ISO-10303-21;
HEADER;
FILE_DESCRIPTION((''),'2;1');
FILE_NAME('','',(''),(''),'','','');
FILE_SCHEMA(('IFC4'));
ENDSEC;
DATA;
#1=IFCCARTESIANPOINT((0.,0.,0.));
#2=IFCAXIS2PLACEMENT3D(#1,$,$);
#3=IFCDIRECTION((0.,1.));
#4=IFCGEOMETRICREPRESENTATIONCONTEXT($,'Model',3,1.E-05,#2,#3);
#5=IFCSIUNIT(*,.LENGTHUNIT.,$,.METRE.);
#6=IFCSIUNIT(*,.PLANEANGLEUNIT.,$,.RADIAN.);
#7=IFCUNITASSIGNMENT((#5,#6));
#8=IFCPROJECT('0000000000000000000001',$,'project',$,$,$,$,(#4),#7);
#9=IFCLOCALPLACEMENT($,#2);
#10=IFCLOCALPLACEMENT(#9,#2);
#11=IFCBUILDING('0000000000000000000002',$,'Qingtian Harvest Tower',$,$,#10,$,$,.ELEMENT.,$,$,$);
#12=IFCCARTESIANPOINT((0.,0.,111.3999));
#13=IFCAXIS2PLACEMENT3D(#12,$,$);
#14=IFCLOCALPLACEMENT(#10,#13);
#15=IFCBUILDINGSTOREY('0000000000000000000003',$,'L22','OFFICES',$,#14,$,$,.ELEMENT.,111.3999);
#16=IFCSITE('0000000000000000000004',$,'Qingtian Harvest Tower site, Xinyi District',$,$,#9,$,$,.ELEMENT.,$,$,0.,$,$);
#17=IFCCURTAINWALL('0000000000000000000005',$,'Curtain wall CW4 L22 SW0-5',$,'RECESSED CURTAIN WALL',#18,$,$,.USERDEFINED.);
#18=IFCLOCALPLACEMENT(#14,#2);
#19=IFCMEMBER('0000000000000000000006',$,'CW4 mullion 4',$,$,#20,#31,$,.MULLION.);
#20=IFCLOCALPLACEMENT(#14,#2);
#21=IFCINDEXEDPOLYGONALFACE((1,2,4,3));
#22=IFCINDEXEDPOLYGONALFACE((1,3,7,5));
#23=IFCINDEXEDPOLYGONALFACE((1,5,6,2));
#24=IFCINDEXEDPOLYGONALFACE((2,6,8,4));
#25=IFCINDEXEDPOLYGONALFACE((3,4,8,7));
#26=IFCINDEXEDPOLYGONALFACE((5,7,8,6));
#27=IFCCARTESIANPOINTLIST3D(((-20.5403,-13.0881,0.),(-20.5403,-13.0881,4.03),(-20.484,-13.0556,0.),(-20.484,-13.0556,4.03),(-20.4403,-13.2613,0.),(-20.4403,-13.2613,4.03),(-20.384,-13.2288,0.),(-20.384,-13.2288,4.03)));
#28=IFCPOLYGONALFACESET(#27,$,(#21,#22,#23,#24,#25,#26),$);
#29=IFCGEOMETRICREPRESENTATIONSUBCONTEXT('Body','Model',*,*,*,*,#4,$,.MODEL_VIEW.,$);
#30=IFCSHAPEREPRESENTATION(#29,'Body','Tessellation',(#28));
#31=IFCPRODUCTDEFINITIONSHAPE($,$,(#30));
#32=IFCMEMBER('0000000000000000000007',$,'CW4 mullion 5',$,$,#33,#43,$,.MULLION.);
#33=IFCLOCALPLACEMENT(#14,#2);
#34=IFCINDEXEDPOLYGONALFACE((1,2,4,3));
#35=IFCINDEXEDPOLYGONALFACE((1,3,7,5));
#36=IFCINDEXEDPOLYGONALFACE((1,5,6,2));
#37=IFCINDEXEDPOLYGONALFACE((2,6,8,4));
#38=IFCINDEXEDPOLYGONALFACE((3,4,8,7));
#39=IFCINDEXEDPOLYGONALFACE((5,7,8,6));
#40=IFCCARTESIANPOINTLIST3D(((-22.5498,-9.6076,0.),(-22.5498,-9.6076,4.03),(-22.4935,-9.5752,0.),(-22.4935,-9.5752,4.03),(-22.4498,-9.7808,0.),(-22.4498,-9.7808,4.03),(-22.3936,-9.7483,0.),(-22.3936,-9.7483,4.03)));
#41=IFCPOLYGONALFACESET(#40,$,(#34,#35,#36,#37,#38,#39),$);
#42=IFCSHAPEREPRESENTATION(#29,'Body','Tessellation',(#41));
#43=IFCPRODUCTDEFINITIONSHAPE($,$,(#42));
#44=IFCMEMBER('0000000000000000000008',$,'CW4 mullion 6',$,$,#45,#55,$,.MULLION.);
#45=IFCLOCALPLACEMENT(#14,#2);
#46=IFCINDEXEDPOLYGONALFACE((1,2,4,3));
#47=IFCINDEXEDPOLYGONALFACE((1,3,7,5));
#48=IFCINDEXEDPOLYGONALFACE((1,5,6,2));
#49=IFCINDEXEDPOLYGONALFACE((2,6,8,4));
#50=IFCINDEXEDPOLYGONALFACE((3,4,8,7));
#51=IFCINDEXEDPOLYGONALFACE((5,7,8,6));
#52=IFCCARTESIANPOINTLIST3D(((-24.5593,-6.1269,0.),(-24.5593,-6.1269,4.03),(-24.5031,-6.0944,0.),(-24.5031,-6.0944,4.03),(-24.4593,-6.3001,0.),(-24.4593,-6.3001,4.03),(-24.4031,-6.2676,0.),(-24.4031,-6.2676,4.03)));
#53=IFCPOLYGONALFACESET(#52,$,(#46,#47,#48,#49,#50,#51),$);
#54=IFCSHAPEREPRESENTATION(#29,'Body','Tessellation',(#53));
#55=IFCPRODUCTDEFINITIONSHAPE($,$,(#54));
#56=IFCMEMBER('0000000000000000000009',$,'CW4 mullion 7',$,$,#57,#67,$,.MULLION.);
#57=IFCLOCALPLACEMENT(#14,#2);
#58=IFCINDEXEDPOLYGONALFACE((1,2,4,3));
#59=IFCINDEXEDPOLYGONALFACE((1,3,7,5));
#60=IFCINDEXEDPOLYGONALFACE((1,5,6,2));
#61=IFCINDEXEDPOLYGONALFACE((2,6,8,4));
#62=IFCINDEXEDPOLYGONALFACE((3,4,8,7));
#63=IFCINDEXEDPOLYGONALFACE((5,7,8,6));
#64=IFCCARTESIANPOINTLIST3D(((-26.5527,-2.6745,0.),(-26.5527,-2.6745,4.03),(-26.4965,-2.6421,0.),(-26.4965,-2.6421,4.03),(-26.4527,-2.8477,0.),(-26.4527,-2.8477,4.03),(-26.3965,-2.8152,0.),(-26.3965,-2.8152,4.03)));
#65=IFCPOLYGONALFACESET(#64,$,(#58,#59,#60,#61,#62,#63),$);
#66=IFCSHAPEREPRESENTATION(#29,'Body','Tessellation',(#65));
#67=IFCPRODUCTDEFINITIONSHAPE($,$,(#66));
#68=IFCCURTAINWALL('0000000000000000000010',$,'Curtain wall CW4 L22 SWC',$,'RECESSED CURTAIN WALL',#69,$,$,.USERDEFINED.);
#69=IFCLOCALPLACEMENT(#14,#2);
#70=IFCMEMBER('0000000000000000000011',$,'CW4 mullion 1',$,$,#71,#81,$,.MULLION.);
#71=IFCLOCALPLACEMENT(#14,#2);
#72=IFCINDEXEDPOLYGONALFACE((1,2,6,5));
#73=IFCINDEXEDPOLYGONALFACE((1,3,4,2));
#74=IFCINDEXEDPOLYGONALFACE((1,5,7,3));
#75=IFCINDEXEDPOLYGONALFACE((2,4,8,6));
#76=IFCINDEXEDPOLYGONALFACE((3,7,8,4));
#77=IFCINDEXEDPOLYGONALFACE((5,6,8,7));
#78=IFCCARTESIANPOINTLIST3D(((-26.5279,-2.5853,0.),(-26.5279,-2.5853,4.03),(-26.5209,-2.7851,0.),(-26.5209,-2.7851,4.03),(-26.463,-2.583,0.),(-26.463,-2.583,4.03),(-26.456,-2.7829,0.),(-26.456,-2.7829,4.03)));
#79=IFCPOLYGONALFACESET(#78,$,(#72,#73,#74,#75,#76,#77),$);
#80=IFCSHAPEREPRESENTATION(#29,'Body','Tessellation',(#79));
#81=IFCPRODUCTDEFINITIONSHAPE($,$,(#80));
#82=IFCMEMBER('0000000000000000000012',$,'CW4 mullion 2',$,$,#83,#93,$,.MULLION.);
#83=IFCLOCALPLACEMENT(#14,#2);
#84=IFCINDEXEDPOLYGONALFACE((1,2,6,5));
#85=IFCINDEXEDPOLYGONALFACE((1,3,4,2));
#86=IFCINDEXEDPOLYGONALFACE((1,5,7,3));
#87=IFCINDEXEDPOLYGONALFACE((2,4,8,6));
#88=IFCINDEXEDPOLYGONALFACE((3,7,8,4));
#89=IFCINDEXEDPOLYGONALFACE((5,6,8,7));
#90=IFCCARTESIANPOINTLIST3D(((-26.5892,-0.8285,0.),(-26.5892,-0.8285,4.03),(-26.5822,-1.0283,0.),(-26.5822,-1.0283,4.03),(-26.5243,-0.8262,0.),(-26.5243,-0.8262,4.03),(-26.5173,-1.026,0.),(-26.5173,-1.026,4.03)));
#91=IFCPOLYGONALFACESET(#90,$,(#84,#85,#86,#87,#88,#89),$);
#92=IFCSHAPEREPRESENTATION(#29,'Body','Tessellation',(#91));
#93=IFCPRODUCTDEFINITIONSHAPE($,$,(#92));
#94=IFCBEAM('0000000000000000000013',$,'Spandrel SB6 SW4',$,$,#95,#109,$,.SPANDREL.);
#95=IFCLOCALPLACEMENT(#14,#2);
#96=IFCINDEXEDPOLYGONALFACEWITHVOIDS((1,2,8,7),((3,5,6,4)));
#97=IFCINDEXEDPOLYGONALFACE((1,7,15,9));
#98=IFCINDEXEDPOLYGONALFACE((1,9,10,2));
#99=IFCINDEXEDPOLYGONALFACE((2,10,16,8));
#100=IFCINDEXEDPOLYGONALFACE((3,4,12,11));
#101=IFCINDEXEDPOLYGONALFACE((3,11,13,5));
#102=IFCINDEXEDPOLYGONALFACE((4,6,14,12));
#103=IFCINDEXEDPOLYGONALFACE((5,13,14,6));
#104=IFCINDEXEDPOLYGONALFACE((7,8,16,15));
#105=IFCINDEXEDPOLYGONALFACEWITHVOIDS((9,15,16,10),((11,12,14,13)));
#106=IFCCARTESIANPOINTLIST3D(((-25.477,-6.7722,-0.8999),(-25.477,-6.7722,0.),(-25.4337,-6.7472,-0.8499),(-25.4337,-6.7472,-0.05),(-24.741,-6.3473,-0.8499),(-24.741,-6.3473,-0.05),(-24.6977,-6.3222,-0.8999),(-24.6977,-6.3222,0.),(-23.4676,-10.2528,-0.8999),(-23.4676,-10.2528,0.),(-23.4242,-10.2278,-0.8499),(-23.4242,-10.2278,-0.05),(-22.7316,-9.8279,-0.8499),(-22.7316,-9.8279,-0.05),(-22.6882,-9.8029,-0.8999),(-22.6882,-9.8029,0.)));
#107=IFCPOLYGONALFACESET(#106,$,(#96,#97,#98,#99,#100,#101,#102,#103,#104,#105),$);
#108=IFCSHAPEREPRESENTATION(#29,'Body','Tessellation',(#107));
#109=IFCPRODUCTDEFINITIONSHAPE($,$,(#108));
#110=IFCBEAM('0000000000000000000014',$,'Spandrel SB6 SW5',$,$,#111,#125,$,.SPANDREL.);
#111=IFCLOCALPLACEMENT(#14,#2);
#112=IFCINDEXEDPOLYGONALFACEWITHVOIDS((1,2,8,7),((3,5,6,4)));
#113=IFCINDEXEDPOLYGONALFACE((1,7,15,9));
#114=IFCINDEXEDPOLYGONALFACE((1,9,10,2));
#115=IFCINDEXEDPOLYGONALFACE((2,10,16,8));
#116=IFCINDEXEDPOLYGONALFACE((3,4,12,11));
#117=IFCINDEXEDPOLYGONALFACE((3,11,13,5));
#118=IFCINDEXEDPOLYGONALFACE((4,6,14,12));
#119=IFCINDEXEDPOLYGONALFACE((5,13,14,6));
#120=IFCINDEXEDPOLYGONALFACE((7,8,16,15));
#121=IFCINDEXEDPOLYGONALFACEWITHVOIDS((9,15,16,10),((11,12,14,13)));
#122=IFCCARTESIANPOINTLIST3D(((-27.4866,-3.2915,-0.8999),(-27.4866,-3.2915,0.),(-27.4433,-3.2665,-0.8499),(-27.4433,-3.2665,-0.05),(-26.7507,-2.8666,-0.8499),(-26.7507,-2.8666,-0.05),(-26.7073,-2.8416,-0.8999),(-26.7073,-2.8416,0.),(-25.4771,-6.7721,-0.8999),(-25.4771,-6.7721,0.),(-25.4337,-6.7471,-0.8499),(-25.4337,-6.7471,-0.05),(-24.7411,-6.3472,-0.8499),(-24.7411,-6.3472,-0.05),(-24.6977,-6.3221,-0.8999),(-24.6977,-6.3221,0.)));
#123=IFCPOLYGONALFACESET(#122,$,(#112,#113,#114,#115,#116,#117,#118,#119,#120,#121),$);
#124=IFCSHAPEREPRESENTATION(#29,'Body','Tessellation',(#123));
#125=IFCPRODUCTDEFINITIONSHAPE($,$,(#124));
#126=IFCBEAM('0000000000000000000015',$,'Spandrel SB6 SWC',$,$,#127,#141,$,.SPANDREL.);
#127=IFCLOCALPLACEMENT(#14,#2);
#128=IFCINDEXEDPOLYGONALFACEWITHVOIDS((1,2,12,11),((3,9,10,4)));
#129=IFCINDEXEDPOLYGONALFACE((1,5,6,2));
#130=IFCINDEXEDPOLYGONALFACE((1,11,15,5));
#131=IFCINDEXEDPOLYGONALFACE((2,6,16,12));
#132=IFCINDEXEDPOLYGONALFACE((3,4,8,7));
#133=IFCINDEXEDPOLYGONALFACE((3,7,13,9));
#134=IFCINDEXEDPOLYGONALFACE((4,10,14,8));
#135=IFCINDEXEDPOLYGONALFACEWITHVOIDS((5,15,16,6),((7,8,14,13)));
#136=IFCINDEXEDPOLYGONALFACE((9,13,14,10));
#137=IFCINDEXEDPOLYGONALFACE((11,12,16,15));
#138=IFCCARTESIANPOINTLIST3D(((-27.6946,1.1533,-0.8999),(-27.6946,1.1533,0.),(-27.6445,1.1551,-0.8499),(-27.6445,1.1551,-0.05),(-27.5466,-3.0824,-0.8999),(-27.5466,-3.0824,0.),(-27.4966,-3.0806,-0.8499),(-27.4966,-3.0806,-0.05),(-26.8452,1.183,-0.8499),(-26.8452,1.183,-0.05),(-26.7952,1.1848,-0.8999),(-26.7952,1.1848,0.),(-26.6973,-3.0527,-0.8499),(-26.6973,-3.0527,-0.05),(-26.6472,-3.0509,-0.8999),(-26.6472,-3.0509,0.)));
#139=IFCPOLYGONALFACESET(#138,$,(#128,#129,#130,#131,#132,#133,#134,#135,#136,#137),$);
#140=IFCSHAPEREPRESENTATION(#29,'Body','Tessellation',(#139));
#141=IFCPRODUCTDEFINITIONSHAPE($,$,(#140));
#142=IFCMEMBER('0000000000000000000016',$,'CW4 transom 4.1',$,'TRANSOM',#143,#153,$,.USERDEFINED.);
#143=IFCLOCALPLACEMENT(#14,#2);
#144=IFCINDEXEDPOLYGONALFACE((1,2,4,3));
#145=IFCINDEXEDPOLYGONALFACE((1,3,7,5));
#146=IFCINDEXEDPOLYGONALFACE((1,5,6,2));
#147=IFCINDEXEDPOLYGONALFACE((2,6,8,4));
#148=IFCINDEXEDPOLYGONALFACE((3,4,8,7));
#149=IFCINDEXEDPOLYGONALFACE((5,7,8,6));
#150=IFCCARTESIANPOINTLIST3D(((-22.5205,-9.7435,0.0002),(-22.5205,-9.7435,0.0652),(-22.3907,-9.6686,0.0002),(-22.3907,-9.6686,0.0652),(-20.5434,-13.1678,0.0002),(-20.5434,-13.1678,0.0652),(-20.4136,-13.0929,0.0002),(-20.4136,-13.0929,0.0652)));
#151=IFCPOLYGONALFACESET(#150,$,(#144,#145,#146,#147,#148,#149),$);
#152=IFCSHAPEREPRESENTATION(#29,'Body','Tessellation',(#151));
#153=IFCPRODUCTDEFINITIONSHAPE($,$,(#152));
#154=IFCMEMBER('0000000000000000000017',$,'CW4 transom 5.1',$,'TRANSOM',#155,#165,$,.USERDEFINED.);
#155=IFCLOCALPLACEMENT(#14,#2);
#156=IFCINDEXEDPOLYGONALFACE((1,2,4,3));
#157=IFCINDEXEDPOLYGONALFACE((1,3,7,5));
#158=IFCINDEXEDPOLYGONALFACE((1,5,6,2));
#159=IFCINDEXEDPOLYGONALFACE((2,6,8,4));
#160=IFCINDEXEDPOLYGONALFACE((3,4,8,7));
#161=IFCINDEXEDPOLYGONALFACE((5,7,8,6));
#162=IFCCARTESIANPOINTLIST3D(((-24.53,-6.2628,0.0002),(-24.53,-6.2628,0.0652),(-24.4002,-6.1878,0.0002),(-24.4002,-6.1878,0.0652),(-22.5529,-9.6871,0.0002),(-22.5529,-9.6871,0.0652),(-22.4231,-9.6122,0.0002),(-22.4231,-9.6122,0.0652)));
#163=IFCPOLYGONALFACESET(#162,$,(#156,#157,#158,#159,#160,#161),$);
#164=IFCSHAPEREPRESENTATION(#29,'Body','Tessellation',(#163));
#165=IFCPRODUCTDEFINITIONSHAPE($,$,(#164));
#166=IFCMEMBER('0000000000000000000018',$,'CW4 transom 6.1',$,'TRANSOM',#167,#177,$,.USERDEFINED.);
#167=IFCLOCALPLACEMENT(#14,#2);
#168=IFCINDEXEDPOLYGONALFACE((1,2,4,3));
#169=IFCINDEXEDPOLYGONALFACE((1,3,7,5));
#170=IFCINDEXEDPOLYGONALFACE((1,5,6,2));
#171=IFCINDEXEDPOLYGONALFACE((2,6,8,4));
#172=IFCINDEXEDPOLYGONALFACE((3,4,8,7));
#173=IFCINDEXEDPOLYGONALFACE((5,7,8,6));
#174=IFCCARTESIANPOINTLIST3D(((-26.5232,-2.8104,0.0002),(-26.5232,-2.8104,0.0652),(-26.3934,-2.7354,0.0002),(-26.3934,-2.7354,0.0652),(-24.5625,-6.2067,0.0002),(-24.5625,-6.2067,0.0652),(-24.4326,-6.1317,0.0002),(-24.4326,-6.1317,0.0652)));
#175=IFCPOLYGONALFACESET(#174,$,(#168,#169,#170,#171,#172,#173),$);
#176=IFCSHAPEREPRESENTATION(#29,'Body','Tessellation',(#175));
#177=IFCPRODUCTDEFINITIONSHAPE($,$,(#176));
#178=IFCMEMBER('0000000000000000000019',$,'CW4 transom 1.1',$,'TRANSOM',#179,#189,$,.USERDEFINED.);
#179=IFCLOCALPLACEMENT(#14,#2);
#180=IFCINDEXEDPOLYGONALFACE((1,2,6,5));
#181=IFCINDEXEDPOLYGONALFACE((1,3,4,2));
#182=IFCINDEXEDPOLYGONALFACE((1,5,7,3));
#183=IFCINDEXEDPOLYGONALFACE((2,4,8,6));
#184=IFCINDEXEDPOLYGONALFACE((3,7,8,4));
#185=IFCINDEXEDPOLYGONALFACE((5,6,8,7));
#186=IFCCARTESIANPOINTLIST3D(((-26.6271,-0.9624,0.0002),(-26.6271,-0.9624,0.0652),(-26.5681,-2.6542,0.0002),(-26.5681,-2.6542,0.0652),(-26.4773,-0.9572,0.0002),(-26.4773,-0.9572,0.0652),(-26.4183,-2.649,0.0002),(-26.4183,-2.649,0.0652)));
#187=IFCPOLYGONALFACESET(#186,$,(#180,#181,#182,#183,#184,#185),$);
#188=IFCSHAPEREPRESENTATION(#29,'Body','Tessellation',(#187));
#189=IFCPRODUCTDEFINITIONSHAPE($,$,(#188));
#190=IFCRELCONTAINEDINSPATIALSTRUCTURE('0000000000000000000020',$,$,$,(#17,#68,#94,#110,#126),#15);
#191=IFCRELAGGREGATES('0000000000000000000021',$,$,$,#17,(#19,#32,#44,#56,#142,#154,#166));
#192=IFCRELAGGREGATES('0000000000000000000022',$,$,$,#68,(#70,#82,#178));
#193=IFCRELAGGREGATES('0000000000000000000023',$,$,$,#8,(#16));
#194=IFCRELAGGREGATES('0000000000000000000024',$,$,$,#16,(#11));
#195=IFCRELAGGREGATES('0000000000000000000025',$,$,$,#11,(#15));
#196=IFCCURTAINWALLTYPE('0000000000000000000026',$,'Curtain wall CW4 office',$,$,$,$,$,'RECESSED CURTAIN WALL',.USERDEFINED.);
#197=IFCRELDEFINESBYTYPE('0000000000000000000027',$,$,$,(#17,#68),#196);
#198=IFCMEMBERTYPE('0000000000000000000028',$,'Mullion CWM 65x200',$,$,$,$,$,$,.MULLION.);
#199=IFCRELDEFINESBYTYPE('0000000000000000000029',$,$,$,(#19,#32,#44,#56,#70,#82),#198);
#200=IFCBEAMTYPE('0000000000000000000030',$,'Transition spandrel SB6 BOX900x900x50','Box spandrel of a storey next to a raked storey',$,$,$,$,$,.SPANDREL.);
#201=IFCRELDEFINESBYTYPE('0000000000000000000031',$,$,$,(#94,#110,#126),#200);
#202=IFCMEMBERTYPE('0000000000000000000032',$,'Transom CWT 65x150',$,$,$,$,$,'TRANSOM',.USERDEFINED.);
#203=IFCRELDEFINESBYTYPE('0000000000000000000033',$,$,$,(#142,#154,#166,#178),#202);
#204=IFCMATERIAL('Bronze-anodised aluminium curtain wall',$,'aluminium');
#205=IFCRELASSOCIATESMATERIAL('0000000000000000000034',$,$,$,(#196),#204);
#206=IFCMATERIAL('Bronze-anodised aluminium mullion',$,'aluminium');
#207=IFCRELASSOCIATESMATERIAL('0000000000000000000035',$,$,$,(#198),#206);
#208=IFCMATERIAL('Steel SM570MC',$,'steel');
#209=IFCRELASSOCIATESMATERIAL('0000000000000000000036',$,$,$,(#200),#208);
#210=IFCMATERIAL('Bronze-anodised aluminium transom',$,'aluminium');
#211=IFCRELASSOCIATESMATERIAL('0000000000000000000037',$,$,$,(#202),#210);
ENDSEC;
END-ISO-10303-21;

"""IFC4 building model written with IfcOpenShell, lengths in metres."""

from ifc_helpers import new_model, si_unit, direction, frame, origin, origin_2d, place, context, subcontext, project, spatial, rectangle, hollow_rectangle, extrude, material, material_profile, profile_set, type_object, element, aggregate, save


model = new_model("IFC4")

# Units and contexts
model_context = context("Model", 3, precision=1e-05, world=origin(), true_north=direction((0.0, 1.0)))
body_context = subcontext(model_context, "Body", "Model", "MODEL_VIEW")
ifc_project = project(units=[si_unit("LENGTHUNIT", "METRE"), si_unit("PLANEANGLEUNIT", "RADIAN")], contexts=[model_context])

# Site, building, storey
site_placement = place(None, origin())
site = spatial("IfcSite", under=ifc_project, at=site_placement, Name="Qingtian Harvest Tower site, Xinyi District", CompositionType="ELEMENT", RefElevation=0.0)
building_placement = place(site_placement, origin())
building = spatial("IfcBuilding", under=site, at=building_placement, Name="Qingtian Harvest Tower", CompositionType="ELEMENT")
storey_placement = place(building_placement, frame((0.0, 0.0, 111.3999)))
storey = spatial("IfcBuildingStorey", under=building, at=storey_placement, Name="L22", Description="OFFICES", CompositionType="ELEMENT", Elevation=111.3999)

# Curtain walls, members
ifc_material_1 = material(Name="Bronze-anodised aluminium curtain wall", Category="aluminium")
curtain_wall_type = type_object("IfcCurtainWallType", Name="Curtain wall CW4 office", ElementType="RECESSED CURTAIN WALL", PredefinedType="USERDEFINED", material=ifc_material_1)
curtain_wall_1_placement = place(storey_placement, origin())
curtain_wall_1 = element("IfcCurtainWall", 1, at=curtain_wall_1_placement, inside=storey, type_object=curtain_wall_type, Name="Curtain wall CW4 L22 SW0-5", ObjectType="RECESSED CURTAIN WALL", PredefinedType="USERDEFINED")
ifc_material_2 = material(Name="Bronze-anodised aluminium mullion", Category="aluminium")
ifc_material_profile_1 = material_profile(ifc_material_2, rectangle(XDim=0.0649, YDim=0.2, at=origin_2d()), Name="AL 65x200")
ifc_profile_set_1 = profile_set([ifc_material_profile_1], Name="Bronze-anodised aluminium mullion")
member_type_1 = type_object("IfcMemberType", Name="Mullion CWM 65x200", PredefinedType="MULLION", material=ifc_profile_set_1)
member_1_placement = place(storey_placement, frame((-20.4622, -13.1584, 0.0), z_axis=(0.0, 0.0, 1.0), x_axis=(-0.866025, -0.5, 0.0)))
member_1 = element("IfcMember", 2, at=member_1_placement, type_object=member_type_1, Name="CW4 mullion 4", PredefinedType="MULLION", context=body_context, shape_type="SweptSolid", body=[
    extrude(rectangle(XDim=0.0649, YDim=0.2, at=origin_2d()), origin(), (0.0, 0.0, 1.0), 4.03),
])
member_2_placement = place(storey_placement, frame((-22.4717, -9.678, 0.0), z_axis=(0.0, 0.0, 1.0), x_axis=(-0.866025, -0.5, 0.0)))
member_2 = element("IfcMember", 3, at=member_2_placement, type_object=member_type_1, Name="CW4 mullion 5", PredefinedType="MULLION", context=body_context, shape_type="SweptSolid", body=[
    extrude(rectangle(XDim=0.0649, YDim=0.2, at=origin_2d()), origin(), (0.0, 0.0, 1.0), 4.03),
])
member_3_placement = place(storey_placement, frame((-24.4812, -6.1973, 0.0), z_axis=(0.0, 0.0, 1.0), x_axis=(-0.866025, -0.5, 0.0)))
member_3 = element("IfcMember", 4, at=member_3_placement, type_object=member_type_1, Name="CW4 mullion 6", PredefinedType="MULLION", context=body_context, shape_type="SweptSolid", body=[
    extrude(rectangle(XDim=0.0649, YDim=0.2, at=origin_2d()), origin(), (0.0, 0.0, 1.0), 4.03),
])
member_4_placement = place(storey_placement, frame((-26.4746, -2.7449, 0.0), z_axis=(0.0, 0.0, 1.0), x_axis=(-0.866025, -0.5, 0.0)))
member_4 = element("IfcMember", 5, at=member_4_placement, type_object=member_type_1, Name="CW4 mullion 7", PredefinedType="MULLION", context=body_context, shape_type="SweptSolid", body=[
    extrude(rectangle(XDim=0.0649, YDim=0.2, at=origin_2d()), origin(), (0.0, 0.0, 1.0), 4.03),
])
curtain_wall_2_placement = place(storey_placement, origin())
curtain_wall_2 = element("IfcCurtainWall", 6, at=curtain_wall_2_placement, inside=storey, type_object=curtain_wall_type, Name="Curtain wall CW4 L22 SWC", ObjectType="RECESSED CURTAIN WALL", PredefinedType="USERDEFINED")
member_5_placement = place(storey_placement, frame((-26.4919, -2.6841, 0.0), z_axis=(0.0, 0.0, 1.0), x_axis=(-0.999391, -0.034899, 0.0)))
member_5 = element("IfcMember", 7, at=member_5_placement, type_object=member_type_1, Name="CW4 mullion 1", PredefinedType="MULLION", context=body_context, shape_type="SweptSolid", body=[
    extrude(rectangle(XDim=0.0649, YDim=0.2, at=origin_2d()), origin(), (0.0, 0.0, 1.0), 4.03),
])
member_6_placement = place(storey_placement, frame((-26.5532, -0.9272, 0.0), z_axis=(0.0, 0.0, 1.0), x_axis=(-0.999391, -0.034899, 0.0)))
member_6 = element("IfcMember", 8, at=member_6_placement, type_object=member_type_1, Name="CW4 mullion 2", PredefinedType="MULLION", context=body_context, shape_type="SweptSolid", body=[
    extrude(rectangle(XDim=0.0649, YDim=0.2, at=origin_2d()), origin(), (0.0, 0.0, 1.0), 4.03),
])

# Beams
ifc_material_3 = material(Name="Steel SM570MC", Category="steel")
ifc_material_profile_2 = material_profile(ifc_material_3, hollow_rectangle(XDim=0.8999, YDim=0.8999, WallThickness=0.05, at=origin_2d()), Name="BOX900x900x50")
ifc_profile_set_2 = profile_set([ifc_material_profile_2], Name="Steel SM570MC")
beam_type_1 = type_object("IfcBeamType", Name="Transition spandrel SB6 BOX900x900x50", Description="Box spandrel of a storey next to a raked storey", PredefinedType="SPANDREL", material=ifc_profile_set_2)
for number, where, z_axis, x_axis, name in (
    (9, (-23.0779, -10.0278, -0.45), (-0.499987, 0.866033, 0.0), (-0.866033, -0.499987, 0.0), "Spandrel SB6 SW4"),
    (10, (-25.0874, -6.5471, -0.45), (-0.500013, 0.866018, 0.0), (-0.866018, -0.500013, 0.0), "Spandrel SB6 SW5"),
):
    element("IfcBeam", number, at=place(storey_placement, frame(where, z_axis=z_axis, x_axis=x_axis)), inside=storey, type_object=beam_type_1, Name=name, PredefinedType="SPANDREL", context=body_context, shape_type="SweptSolid", body=[
        extrude(hollow_rectangle(XDim=0.8999, YDim=0.8999, WallThickness=0.05, at=origin_2d()), origin(), (0.0, 0.0, 1.0), 4.019),
    ])
beam_1_placement = place(storey_placement, frame((-27.0969, -3.0667, -0.45), z_axis=(-0.034909, 0.999391, 0.0), x_axis=(-0.999391, -0.034909, 0.0)))
element("IfcBeam", 11, at=beam_1_placement, inside=storey, type_object=beam_type_1, Name="Spandrel SB6 SWC", PredefinedType="SPANDREL", context=body_context, shape_type="SweptSolid", body=[
    extrude(hollow_rectangle(XDim=0.8999, YDim=0.8999, WallThickness=0.05, at=origin_2d()), origin(), (0.0, 0.0, 1.0), 4.2383),
])

# Members
ifc_material_4 = material(Name="Bronze-anodised aluminium transom", Category="aluminium")
ifc_material_profile_3 = material_profile(ifc_material_4, rectangle(XDim=0.1499, YDim=0.0649, at=origin_2d()), Name="AL 65x150")
ifc_profile_set_3 = profile_set([ifc_material_profile_3], Name="Bronze-anodised aluminium transom")
member_type_2 = type_object("IfcMemberType", Name="Transom CWT 65x150", ElementType="TRANSOM", PredefinedType="USERDEFINED", material=ifc_profile_set_3)
member_7_placement = place(storey_placement, frame((-20.4785, -13.1304, 0.0327), z_axis=(-0.500004, 0.866023, 0.0), x_axis=(-0.866023, -0.500004, 0.0)))
member_7 = element("IfcMember", 12, at=member_7_placement, type_object=member_type_2, Name="CW4 transom 4.1", ObjectType="TRANSOM", PredefinedType="USERDEFINED", context=body_context, shape_type="SweptSolid", body=[
    extrude(rectangle(XDim=0.1499, YDim=0.0649, at=origin_2d()), origin(), (0.0, 0.0, 1.0), 3.9541),
])
member_8_placement = place(storey_placement, frame((-22.488, -9.6497, 0.0327), z_axis=(-0.500004, 0.866023, 0.0), x_axis=(-0.866023, -0.500004, 0.0)))
member_8 = element("IfcMember", 13, at=member_8_placement, type_object=member_type_2, Name="CW4 transom 5.1", ObjectType="TRANSOM", PredefinedType="USERDEFINED", context=body_context, shape_type="SweptSolid", body=[
    extrude(rectangle(XDim=0.1499, YDim=0.0649, at=origin_2d()), origin(), (0.0, 0.0, 1.0), 3.9541),
])
member_9_placement = place(storey_placement, frame((-24.4976, -6.1692, 0.0327), z_axis=(-0.499976, 0.866039, 0.0), x_axis=(-0.866039, -0.499976, 0.0)))
member_9 = element("IfcMember", 14, at=member_9_placement, type_object=member_type_2, Name="CW4 transom 6.1", ObjectType="TRANSOM", PredefinedType="USERDEFINED", context=body_context, shape_type="SweptSolid", body=[
    extrude(rectangle(XDim=0.1499, YDim=0.0649, at=origin_2d()), origin(), (0.0, 0.0, 1.0), 3.9216),
])
member_10_placement = place(storey_placement, frame((-26.4932, -2.6516, 0.0327), z_axis=(-0.034899, 0.999391, 0.0), x_axis=(-0.999391, -0.034899, 0.0)))
member_10 = element("IfcMember", 15, at=member_10_placement, type_object=member_type_2, Name="CW4 transom 1.1", ObjectType="TRANSOM", PredefinedType="USERDEFINED", context=body_context, shape_type="SweptSolid", body=[
    extrude(rectangle(XDim=0.1499, YDim=0.0649, at=origin_2d()), origin(), (0.0, 0.0, 1.0), 1.6929),
])

aggregate(curtain_wall_1, [member_1, member_2, member_3, member_4, member_7, member_8, member_9])
aggregate(curtain_wall_2, [member_5, member_6, member_10])

save(model, "model.ifc")
